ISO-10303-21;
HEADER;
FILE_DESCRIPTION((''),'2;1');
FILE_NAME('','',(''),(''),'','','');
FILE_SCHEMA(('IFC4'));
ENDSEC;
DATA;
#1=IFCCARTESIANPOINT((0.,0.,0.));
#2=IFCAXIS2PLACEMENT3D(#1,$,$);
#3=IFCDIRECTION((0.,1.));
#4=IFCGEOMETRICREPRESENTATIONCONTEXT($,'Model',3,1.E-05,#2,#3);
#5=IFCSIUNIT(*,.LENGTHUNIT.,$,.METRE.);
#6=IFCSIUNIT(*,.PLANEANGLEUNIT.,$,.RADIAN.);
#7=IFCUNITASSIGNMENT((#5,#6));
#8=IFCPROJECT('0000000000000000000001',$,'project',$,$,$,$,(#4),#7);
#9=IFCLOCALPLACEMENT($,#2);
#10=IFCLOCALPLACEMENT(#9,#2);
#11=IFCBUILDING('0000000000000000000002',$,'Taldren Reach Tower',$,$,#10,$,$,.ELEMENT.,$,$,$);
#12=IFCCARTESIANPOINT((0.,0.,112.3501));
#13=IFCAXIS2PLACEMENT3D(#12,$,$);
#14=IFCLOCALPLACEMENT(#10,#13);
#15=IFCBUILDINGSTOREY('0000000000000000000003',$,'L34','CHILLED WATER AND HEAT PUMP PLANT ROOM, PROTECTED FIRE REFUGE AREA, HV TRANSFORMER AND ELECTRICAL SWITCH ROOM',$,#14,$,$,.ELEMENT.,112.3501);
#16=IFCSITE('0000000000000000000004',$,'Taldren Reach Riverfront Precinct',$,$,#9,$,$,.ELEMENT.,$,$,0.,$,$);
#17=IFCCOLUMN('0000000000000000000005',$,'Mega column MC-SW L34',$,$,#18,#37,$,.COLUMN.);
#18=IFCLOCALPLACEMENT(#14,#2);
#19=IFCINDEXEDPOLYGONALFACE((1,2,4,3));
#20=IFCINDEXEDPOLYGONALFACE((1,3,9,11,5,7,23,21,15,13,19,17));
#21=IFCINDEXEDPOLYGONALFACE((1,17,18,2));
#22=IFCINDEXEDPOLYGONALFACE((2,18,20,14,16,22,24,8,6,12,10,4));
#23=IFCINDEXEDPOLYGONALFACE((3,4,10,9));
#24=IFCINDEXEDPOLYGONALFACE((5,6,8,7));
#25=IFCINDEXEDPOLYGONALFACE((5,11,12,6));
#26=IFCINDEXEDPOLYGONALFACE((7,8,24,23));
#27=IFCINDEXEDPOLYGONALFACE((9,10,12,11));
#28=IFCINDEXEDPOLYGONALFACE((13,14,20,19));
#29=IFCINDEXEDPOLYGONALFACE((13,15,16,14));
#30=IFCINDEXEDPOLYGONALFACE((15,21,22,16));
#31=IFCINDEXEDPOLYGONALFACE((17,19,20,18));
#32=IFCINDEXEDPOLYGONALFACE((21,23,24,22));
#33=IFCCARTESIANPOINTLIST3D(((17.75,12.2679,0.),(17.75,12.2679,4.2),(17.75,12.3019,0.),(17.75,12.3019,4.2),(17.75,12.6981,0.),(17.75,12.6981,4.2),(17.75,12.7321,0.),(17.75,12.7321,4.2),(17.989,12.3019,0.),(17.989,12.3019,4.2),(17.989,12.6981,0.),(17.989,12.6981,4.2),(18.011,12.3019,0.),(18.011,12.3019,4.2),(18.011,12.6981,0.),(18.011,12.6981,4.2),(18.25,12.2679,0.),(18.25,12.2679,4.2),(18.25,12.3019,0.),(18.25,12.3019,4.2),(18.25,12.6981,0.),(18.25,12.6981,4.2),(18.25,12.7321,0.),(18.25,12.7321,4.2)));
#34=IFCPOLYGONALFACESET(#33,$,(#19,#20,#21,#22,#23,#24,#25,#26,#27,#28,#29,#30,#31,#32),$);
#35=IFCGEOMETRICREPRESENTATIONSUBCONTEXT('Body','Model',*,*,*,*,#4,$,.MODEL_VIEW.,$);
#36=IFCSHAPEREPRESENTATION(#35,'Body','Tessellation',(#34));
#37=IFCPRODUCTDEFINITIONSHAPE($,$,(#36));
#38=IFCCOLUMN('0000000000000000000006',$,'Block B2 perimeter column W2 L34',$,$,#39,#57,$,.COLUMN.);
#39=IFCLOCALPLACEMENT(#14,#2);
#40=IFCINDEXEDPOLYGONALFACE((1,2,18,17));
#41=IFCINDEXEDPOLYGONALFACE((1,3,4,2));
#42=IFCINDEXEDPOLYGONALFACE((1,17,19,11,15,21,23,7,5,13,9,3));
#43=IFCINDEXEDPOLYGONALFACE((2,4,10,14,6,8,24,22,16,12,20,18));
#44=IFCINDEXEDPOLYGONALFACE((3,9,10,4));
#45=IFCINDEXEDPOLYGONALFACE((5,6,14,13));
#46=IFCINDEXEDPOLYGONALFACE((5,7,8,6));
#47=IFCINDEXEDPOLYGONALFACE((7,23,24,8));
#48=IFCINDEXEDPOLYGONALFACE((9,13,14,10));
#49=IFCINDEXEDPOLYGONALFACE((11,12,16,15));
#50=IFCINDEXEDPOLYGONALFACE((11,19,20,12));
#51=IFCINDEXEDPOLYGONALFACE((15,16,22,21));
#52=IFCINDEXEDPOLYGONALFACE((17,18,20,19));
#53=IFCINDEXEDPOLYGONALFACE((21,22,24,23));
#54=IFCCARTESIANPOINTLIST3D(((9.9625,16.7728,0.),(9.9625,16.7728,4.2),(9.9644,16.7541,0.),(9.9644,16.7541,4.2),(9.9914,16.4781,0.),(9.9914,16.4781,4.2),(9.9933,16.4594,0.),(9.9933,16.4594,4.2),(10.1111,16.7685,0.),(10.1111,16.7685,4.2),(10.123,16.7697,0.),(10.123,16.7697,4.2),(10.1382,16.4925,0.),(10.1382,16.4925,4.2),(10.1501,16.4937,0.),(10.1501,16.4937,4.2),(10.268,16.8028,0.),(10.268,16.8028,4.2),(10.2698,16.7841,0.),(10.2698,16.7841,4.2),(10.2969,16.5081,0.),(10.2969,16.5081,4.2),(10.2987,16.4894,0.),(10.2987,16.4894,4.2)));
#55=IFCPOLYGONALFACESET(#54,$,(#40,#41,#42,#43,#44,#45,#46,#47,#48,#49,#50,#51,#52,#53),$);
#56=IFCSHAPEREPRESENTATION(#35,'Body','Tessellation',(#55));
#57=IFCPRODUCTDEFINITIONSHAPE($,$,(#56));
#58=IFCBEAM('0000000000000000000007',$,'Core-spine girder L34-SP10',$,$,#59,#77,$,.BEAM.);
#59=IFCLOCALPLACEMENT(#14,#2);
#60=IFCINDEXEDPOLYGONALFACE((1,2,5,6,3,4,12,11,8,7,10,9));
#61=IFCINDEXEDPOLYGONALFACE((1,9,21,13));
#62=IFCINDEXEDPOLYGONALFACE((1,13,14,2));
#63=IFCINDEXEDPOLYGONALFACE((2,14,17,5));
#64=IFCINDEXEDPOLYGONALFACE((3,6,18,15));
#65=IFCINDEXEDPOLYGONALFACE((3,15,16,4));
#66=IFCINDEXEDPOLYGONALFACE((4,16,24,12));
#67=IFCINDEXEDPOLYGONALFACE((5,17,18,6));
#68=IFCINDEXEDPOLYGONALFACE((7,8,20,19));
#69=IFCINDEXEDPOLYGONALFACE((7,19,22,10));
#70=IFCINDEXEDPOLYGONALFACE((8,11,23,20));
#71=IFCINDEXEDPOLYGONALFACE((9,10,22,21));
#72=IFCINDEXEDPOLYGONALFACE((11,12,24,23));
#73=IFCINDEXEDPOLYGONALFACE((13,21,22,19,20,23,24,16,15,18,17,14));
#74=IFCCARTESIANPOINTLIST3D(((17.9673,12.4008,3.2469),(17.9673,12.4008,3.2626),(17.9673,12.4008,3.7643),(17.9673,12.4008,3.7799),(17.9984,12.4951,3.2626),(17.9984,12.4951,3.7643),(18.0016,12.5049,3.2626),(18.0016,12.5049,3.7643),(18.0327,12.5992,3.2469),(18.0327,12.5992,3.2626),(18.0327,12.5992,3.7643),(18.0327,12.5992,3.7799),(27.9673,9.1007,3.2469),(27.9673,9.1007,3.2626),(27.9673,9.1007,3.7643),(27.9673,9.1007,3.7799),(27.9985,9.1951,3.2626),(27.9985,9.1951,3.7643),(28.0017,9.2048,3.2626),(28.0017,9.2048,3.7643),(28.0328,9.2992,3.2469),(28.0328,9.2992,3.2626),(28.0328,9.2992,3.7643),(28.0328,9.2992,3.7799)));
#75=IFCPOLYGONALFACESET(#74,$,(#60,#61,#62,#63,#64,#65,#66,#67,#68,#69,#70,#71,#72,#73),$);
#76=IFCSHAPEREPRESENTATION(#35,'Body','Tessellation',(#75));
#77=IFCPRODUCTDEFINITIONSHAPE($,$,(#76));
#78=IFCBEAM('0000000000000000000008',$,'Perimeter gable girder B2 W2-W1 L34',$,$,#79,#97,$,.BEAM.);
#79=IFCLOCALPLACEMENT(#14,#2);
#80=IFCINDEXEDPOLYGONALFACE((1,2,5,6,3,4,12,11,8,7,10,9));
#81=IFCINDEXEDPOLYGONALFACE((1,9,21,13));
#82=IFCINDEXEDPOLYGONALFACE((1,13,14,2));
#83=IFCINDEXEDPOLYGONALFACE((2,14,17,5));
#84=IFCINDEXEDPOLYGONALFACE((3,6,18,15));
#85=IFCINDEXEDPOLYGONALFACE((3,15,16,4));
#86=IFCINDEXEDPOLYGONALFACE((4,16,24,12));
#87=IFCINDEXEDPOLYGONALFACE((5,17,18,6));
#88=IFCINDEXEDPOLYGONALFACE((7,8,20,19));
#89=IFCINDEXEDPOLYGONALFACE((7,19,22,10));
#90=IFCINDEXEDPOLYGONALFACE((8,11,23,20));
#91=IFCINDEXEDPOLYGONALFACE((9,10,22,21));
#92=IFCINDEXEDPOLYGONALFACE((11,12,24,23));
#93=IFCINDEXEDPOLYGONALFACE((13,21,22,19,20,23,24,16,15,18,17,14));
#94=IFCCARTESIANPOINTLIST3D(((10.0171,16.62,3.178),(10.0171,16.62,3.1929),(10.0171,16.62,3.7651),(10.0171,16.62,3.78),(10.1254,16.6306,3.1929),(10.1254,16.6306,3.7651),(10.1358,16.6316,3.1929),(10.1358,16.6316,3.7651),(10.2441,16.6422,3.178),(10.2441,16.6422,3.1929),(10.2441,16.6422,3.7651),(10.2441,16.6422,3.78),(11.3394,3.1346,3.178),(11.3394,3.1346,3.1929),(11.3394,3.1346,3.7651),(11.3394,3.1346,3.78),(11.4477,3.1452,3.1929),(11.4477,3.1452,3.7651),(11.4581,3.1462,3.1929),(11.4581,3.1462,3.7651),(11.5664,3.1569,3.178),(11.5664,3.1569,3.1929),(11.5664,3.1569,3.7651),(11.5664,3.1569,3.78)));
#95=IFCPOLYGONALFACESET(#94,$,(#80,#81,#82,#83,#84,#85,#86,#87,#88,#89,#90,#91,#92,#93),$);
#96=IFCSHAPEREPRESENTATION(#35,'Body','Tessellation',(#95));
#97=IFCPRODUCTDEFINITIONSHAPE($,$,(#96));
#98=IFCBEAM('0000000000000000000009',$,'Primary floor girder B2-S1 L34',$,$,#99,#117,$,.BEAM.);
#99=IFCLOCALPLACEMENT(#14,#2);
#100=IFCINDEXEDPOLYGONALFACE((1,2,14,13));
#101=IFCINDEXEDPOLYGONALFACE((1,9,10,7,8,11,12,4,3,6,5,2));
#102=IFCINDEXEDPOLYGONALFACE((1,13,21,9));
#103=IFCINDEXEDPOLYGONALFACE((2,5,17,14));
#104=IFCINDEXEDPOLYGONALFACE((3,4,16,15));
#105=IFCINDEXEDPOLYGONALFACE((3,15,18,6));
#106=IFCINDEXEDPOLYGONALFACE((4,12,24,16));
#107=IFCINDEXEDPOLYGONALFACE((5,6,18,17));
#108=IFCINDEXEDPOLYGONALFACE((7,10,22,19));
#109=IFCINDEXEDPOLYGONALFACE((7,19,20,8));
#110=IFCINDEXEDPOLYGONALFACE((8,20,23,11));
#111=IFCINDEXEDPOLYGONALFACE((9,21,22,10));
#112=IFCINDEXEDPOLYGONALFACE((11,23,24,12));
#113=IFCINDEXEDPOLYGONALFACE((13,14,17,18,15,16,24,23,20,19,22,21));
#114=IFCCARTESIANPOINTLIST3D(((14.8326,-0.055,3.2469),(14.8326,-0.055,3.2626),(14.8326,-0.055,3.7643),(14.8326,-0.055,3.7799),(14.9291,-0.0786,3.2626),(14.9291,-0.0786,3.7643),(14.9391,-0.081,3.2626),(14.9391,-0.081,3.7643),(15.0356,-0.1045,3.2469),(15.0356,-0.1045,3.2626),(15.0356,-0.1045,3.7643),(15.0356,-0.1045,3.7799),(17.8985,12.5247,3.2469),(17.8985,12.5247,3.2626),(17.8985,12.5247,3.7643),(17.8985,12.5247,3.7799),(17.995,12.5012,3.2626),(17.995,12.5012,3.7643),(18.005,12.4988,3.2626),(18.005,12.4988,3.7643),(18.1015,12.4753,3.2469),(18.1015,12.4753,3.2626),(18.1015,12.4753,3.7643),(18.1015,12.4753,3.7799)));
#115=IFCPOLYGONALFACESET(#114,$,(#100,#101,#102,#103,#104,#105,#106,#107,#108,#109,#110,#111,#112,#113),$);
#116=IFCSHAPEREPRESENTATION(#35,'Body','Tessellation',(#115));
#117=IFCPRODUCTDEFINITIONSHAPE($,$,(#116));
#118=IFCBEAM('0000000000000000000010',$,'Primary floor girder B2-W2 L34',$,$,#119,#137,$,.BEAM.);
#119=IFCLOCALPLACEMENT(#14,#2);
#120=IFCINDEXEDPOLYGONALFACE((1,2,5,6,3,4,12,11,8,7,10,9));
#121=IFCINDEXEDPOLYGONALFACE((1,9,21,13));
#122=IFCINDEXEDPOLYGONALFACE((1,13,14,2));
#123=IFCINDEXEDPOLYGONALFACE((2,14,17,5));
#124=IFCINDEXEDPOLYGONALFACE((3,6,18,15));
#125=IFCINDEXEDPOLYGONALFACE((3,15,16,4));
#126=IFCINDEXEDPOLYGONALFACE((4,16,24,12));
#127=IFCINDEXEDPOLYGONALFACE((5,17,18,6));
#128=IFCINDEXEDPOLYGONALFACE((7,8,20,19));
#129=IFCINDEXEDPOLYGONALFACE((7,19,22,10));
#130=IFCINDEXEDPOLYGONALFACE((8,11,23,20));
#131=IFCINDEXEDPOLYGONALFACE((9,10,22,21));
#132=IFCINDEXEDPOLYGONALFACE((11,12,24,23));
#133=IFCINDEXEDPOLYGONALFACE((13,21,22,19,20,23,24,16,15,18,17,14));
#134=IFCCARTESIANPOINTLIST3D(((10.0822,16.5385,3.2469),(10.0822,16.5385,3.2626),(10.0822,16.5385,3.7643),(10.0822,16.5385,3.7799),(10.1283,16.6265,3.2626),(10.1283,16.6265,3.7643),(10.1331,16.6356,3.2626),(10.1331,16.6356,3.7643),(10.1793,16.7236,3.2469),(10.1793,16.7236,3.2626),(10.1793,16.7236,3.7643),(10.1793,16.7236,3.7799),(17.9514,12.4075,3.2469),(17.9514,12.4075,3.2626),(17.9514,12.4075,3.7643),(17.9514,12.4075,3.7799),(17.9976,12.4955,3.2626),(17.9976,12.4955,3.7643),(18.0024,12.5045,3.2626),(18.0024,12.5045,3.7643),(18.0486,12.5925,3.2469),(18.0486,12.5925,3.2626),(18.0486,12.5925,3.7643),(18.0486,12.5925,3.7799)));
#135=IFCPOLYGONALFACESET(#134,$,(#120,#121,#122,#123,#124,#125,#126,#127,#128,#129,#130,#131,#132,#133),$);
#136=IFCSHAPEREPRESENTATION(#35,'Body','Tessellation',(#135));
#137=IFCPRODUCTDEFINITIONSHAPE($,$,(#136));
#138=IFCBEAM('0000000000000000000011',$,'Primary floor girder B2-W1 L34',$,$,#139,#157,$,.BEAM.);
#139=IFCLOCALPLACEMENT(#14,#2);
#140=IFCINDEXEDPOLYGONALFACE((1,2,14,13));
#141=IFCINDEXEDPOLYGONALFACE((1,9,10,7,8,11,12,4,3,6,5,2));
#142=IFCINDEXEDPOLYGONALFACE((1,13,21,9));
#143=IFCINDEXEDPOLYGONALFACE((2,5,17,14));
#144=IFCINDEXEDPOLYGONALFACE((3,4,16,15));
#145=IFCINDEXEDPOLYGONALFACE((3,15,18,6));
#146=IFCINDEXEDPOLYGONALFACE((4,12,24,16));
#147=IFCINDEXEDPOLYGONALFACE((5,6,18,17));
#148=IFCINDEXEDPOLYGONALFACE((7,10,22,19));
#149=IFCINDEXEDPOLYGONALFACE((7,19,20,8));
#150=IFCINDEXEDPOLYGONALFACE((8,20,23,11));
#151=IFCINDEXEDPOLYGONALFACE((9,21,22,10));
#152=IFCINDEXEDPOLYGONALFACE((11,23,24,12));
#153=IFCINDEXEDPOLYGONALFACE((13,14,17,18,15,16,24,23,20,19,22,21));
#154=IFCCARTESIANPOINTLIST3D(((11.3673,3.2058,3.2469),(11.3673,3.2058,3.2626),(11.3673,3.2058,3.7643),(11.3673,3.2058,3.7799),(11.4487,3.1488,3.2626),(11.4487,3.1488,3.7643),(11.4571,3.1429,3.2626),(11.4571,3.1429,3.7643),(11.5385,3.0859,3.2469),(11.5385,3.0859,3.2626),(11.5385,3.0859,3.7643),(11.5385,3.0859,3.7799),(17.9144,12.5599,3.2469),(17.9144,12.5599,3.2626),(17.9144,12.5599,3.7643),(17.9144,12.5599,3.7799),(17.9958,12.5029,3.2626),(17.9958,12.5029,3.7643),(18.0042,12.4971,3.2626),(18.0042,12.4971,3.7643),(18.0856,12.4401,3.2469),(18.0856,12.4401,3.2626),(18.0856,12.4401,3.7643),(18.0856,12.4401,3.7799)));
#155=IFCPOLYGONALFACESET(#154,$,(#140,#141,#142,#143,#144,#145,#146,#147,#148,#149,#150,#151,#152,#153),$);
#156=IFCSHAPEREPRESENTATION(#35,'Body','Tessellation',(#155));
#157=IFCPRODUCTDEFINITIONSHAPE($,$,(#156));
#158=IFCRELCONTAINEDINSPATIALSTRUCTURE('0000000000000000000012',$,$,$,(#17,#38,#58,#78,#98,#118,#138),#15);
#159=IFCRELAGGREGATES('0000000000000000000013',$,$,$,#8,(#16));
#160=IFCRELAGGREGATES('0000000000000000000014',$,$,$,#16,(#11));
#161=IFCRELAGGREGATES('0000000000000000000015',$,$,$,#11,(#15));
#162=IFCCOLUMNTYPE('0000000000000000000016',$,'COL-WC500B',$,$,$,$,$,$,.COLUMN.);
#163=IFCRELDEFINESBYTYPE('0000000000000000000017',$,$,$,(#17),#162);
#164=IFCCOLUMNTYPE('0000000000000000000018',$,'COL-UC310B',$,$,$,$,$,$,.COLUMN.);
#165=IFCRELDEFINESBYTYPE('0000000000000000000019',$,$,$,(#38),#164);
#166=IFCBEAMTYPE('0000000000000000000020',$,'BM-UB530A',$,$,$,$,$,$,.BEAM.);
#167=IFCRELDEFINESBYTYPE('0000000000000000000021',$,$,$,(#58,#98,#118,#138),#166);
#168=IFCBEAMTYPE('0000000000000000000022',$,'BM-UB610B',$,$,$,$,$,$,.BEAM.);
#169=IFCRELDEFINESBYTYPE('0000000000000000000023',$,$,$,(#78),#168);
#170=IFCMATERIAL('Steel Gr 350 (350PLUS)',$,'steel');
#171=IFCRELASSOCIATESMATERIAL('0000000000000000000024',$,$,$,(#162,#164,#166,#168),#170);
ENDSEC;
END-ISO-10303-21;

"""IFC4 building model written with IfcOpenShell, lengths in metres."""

from ifc_helpers import new_model, si_unit, direction, frame, origin, origin_2d, place, context, subcontext, project, spatial, i_section, extrude, source, transform, mapped, material, material_profile, profile_set, type_object, element, save


model = new_model("IFC4")

# Units and contexts
model_context = context("Model", 3, precision=1e-05, world=origin(), true_north=direction((0.0, 1.0)))
body_context = subcontext(model_context, "Body", "Model", "MODEL_VIEW")
ifc_project = project(units=[si_unit("LENGTHUNIT", "METRE"), si_unit("PLANEANGLEUNIT", "RADIAN")], contexts=[model_context])

# Site, building, storey
site_placement = place(None, origin())
site = spatial("IfcSite", under=ifc_project, at=site_placement, Name="Taldren Reach Riverfront Precinct", CompositionType="ELEMENT", RefElevation=0.0)
building_placement = place(site_placement, origin())
building = spatial("IfcBuilding", under=site, at=building_placement, Name="Taldren Reach Tower", CompositionType="ELEMENT")
storey_placement = place(building_placement, frame((0.0, 0.0, 112.3501)))
storey = spatial("IfcBuildingStorey", under=building, at=storey_placement, Name="L34", Description="CHILLED WATER AND HEAT PUMP PLANT ROOM, PROTECTED FIRE REFUGE AREA, HV TRANSFORMER AND ELECTRICAL SWITCH ROOM", CompositionType="ELEMENT", Elevation=112.3501)

# Columns
ifc_material_1 = material(Name="Steel Gr 350 (350PLUS)", Category="steel")
ifc_material_profile_1 = material_profile(ifc_material_1, i_section(OverallWidth=0.5, OverallDepth=0.4641, WebThickness=0.022, FlangeThickness=0.0339, at=origin_2d()), Name="500WC340")
ifc_profile_set_1 = profile_set([ifc_material_profile_1], Name="Steel Gr 350 (350PLUS)")
column_type_1 = type_object("IfcColumnType", Name="COL-WC500B", PredefinedType="COLUMN", material=ifc_profile_set_1)
shared_shape_1 = source(origin(), body_context, "Body", "SweptSolid", [
    extrude(i_section(OverallWidth=0.5, OverallDepth=0.4641, WebThickness=0.022, FlangeThickness=0.0339, at=origin_2d()), origin(), (0.0, 0.0, 1.0), 4.2),
])
column_1_placement = place(storey_placement, frame((18.0, 12.5, 0.0), z_axis=(0.0, 0.0, 1.0), x_axis=(1.0, 0.0, 0.0)))
element("IfcColumn", 1, at=column_1_placement, inside=storey, type_object=column_type_1, Name="Mega column MC-SW L34", PredefinedType="COLUMN", context=body_context, shape_type="MappedRepresentation", body=[
    mapped(shared_shape_1, transform((0.0, 0.0, 0.0), scale=1.0)),
])
ifc_material_profile_2 = material_profile(ifc_material_1, i_section(OverallWidth=0.3069, OverallDepth=0.3149, WebThickness=0.012, FlangeThickness=0.0188, at=origin_2d()), Name="310UC118")
ifc_profile_set_2 = profile_set([ifc_material_profile_2], Name="Steel Gr 350 (350PLUS)")
column_type_2 = type_object("IfcColumnType", Name="COL-UC310B", PredefinedType="COLUMN", material=ifc_profile_set_2)
shared_shape_2 = source(origin(), body_context, "Body", "SweptSolid", [
    extrude(i_section(OverallWidth=0.3069, OverallDepth=0.3149, WebThickness=0.012, FlangeThickness=0.0188, at=origin_2d()), origin(), (0.0, 0.0, 1.0), 4.2),
])
column_2_placement = place(storey_placement, frame((10.1306, 16.6311, 0.0), z_axis=(0.0, 0.0, 1.0), x_axis=(0.995227, 0.097583, 0.0)))
element("IfcColumn", 2, at=column_2_placement, inside=storey, type_object=column_type_2, Name="Block B2 perimeter column W2 L34", PredefinedType="COLUMN", context=body_context, shape_type="MappedRepresentation", body=[
    mapped(shared_shape_2, transform((0.0, 0.0, 0.0), scale=1.0)),
])

# Beams
ifc_material_profile_3 = material_profile(ifc_material_1, i_section(OverallWidth=0.209, OverallDepth=0.533, WebThickness=0.0103, FlangeThickness=0.0156, at=origin_2d()), Name="530UB92.4")
ifc_profile_set_3 = profile_set([ifc_material_profile_3], Name="Steel Gr 350 (350PLUS)")
beam_type_1 = type_object("IfcBeamType", Name="BM-UB530A", PredefinedType="BEAM", material=ifc_profile_set_3)
shared_shape_3 = source(origin(), body_context, "Body", "SweptSolid", [
    extrude(i_section(OverallWidth=0.209, OverallDepth=0.533, WebThickness=0.0103, FlangeThickness=0.0156, at=origin_2d()), origin(), (0.0, 0.0, 1.0), 10.5305),
])
beam_1_placement = place(storey_placement, frame((18.0, 12.5, 3.5134), z_axis=(0.949627, -0.313382, 0.0), x_axis=(0.313382, 0.949627, 0.0)))
element("IfcBeam", 3, at=beam_1_placement, inside=storey, type_object=beam_type_1, Name="Core-spine girder L34-SP10", PredefinedType="BEAM", context=body_context, shape_type="MappedRepresentation", body=[
    mapped(shared_shape_3, transform((0.0, 0.0, 0.0), scale=1.0)),
])
ifc_material_profile_4 = material_profile(ifc_material_1, i_section(OverallWidth=0.228, OverallDepth=0.6021, WebThickness=0.0105, FlangeThickness=0.0149, at=origin_2d()), Name="610UB101")
ifc_profile_set_4 = profile_set([ifc_material_profile_4], Name="Steel Gr 350 (350PLUS)")
beam_type_2 = type_object("IfcBeamType", Name="BM-UB610B", PredefinedType="BEAM", material=ifc_profile_set_4)
shared_shape_4 = source(origin(), body_context, "Body", "SweptSolid", [
    extrude(i_section(OverallWidth=0.228, OverallDepth=0.6021, WebThickness=0.0105, FlangeThickness=0.0149, at=origin_2d()), origin(), (0.0, 0.0, 1.0), 13.55),
])
beam_2_placement = place(storey_placement, frame((10.1306, 16.6311, 3.479), z_axis=(0.097584, -0.995227, 0.0), x_axis=(0.995227, 0.097584, 0.0)))
element("IfcBeam", 4, at=beam_2_placement, inside=storey, type_object=beam_type_2, Name="Perimeter gable girder B2 W2-W1 L34", PredefinedType="BEAM", context=body_context, shape_type="MappedRepresentation", body=[
    mapped(shared_shape_4, transform((0.0, 0.0, 0.0), scale=1.0)),
])
shared_shape_5 = source(origin(), body_context, "Body", "SweptSolid", [
    extrude(i_section(OverallWidth=0.209, OverallDepth=0.533, WebThickness=0.0103, FlangeThickness=0.0156, at=origin_2d()), origin(), (0.0, 0.0, 1.0), 12.948),
])
beam_3_placement = place(storey_placement, frame((18.0, 12.5, 3.5134), z_axis=(-0.236786, -0.971562, 0.0), x_axis=(0.971562, -0.236786, 0.0)))
element("IfcBeam", 5, at=beam_3_placement, inside=storey, type_object=beam_type_1, Name="Primary floor girder B2-S1 L34", PredefinedType="BEAM", context=body_context, shape_type="MappedRepresentation", body=[
    mapped(shared_shape_5, transform((0.0, 0.0, 0.0), scale=1.0)),
])
shared_shape_6 = source(origin(), body_context, "Body", "SweptSolid", [
    extrude(i_section(OverallWidth=0.209, OverallDepth=0.533, WebThickness=0.0103, FlangeThickness=0.0156, at=origin_2d()), origin(), (0.0, 0.0, 1.0), 8.8877),
])
beam_4_placement = place(storey_placement, frame((18.0, 12.5, 3.5134), z_axis=(-0.885413, 0.464805, 0.0), x_axis=(-0.464805, -0.885413, 0.0)))
element("IfcBeam", 6, at=beam_4_placement, inside=storey, type_object=beam_type_1, Name="Primary floor girder B2-W2 L34", PredefinedType="BEAM", context=body_context, shape_type="MappedRepresentation", body=[
    mapped(shared_shape_6, transform((0.0, 0.0, 0.0), scale=1.0)),
])
shared_shape_7 = source(origin(), body_context, "Body", "SweptSolid", [
    extrude(i_section(OverallWidth=0.209, OverallDepth=0.533, WebThickness=0.0103, FlangeThickness=0.0156, at=origin_2d()), origin(), (0.0, 0.0, 1.0), 11.4177),
])
beam_5_placement = place(storey_placement, frame((18.0, 12.5, 3.5134), z_axis=(-0.573412, -0.819267, 0.0), x_axis=(0.819267, -0.573412, 0.0)))
element("IfcBeam", 7, at=beam_5_placement, inside=storey, type_object=beam_type_1, Name="Primary floor girder B2-W1 L34", PredefinedType="BEAM", context=body_context, shape_type="MappedRepresentation", body=[
    mapped(shared_shape_7, transform((0.0, 0.0, 0.0), scale=1.0)),
])

save(model, "model.ifc")
